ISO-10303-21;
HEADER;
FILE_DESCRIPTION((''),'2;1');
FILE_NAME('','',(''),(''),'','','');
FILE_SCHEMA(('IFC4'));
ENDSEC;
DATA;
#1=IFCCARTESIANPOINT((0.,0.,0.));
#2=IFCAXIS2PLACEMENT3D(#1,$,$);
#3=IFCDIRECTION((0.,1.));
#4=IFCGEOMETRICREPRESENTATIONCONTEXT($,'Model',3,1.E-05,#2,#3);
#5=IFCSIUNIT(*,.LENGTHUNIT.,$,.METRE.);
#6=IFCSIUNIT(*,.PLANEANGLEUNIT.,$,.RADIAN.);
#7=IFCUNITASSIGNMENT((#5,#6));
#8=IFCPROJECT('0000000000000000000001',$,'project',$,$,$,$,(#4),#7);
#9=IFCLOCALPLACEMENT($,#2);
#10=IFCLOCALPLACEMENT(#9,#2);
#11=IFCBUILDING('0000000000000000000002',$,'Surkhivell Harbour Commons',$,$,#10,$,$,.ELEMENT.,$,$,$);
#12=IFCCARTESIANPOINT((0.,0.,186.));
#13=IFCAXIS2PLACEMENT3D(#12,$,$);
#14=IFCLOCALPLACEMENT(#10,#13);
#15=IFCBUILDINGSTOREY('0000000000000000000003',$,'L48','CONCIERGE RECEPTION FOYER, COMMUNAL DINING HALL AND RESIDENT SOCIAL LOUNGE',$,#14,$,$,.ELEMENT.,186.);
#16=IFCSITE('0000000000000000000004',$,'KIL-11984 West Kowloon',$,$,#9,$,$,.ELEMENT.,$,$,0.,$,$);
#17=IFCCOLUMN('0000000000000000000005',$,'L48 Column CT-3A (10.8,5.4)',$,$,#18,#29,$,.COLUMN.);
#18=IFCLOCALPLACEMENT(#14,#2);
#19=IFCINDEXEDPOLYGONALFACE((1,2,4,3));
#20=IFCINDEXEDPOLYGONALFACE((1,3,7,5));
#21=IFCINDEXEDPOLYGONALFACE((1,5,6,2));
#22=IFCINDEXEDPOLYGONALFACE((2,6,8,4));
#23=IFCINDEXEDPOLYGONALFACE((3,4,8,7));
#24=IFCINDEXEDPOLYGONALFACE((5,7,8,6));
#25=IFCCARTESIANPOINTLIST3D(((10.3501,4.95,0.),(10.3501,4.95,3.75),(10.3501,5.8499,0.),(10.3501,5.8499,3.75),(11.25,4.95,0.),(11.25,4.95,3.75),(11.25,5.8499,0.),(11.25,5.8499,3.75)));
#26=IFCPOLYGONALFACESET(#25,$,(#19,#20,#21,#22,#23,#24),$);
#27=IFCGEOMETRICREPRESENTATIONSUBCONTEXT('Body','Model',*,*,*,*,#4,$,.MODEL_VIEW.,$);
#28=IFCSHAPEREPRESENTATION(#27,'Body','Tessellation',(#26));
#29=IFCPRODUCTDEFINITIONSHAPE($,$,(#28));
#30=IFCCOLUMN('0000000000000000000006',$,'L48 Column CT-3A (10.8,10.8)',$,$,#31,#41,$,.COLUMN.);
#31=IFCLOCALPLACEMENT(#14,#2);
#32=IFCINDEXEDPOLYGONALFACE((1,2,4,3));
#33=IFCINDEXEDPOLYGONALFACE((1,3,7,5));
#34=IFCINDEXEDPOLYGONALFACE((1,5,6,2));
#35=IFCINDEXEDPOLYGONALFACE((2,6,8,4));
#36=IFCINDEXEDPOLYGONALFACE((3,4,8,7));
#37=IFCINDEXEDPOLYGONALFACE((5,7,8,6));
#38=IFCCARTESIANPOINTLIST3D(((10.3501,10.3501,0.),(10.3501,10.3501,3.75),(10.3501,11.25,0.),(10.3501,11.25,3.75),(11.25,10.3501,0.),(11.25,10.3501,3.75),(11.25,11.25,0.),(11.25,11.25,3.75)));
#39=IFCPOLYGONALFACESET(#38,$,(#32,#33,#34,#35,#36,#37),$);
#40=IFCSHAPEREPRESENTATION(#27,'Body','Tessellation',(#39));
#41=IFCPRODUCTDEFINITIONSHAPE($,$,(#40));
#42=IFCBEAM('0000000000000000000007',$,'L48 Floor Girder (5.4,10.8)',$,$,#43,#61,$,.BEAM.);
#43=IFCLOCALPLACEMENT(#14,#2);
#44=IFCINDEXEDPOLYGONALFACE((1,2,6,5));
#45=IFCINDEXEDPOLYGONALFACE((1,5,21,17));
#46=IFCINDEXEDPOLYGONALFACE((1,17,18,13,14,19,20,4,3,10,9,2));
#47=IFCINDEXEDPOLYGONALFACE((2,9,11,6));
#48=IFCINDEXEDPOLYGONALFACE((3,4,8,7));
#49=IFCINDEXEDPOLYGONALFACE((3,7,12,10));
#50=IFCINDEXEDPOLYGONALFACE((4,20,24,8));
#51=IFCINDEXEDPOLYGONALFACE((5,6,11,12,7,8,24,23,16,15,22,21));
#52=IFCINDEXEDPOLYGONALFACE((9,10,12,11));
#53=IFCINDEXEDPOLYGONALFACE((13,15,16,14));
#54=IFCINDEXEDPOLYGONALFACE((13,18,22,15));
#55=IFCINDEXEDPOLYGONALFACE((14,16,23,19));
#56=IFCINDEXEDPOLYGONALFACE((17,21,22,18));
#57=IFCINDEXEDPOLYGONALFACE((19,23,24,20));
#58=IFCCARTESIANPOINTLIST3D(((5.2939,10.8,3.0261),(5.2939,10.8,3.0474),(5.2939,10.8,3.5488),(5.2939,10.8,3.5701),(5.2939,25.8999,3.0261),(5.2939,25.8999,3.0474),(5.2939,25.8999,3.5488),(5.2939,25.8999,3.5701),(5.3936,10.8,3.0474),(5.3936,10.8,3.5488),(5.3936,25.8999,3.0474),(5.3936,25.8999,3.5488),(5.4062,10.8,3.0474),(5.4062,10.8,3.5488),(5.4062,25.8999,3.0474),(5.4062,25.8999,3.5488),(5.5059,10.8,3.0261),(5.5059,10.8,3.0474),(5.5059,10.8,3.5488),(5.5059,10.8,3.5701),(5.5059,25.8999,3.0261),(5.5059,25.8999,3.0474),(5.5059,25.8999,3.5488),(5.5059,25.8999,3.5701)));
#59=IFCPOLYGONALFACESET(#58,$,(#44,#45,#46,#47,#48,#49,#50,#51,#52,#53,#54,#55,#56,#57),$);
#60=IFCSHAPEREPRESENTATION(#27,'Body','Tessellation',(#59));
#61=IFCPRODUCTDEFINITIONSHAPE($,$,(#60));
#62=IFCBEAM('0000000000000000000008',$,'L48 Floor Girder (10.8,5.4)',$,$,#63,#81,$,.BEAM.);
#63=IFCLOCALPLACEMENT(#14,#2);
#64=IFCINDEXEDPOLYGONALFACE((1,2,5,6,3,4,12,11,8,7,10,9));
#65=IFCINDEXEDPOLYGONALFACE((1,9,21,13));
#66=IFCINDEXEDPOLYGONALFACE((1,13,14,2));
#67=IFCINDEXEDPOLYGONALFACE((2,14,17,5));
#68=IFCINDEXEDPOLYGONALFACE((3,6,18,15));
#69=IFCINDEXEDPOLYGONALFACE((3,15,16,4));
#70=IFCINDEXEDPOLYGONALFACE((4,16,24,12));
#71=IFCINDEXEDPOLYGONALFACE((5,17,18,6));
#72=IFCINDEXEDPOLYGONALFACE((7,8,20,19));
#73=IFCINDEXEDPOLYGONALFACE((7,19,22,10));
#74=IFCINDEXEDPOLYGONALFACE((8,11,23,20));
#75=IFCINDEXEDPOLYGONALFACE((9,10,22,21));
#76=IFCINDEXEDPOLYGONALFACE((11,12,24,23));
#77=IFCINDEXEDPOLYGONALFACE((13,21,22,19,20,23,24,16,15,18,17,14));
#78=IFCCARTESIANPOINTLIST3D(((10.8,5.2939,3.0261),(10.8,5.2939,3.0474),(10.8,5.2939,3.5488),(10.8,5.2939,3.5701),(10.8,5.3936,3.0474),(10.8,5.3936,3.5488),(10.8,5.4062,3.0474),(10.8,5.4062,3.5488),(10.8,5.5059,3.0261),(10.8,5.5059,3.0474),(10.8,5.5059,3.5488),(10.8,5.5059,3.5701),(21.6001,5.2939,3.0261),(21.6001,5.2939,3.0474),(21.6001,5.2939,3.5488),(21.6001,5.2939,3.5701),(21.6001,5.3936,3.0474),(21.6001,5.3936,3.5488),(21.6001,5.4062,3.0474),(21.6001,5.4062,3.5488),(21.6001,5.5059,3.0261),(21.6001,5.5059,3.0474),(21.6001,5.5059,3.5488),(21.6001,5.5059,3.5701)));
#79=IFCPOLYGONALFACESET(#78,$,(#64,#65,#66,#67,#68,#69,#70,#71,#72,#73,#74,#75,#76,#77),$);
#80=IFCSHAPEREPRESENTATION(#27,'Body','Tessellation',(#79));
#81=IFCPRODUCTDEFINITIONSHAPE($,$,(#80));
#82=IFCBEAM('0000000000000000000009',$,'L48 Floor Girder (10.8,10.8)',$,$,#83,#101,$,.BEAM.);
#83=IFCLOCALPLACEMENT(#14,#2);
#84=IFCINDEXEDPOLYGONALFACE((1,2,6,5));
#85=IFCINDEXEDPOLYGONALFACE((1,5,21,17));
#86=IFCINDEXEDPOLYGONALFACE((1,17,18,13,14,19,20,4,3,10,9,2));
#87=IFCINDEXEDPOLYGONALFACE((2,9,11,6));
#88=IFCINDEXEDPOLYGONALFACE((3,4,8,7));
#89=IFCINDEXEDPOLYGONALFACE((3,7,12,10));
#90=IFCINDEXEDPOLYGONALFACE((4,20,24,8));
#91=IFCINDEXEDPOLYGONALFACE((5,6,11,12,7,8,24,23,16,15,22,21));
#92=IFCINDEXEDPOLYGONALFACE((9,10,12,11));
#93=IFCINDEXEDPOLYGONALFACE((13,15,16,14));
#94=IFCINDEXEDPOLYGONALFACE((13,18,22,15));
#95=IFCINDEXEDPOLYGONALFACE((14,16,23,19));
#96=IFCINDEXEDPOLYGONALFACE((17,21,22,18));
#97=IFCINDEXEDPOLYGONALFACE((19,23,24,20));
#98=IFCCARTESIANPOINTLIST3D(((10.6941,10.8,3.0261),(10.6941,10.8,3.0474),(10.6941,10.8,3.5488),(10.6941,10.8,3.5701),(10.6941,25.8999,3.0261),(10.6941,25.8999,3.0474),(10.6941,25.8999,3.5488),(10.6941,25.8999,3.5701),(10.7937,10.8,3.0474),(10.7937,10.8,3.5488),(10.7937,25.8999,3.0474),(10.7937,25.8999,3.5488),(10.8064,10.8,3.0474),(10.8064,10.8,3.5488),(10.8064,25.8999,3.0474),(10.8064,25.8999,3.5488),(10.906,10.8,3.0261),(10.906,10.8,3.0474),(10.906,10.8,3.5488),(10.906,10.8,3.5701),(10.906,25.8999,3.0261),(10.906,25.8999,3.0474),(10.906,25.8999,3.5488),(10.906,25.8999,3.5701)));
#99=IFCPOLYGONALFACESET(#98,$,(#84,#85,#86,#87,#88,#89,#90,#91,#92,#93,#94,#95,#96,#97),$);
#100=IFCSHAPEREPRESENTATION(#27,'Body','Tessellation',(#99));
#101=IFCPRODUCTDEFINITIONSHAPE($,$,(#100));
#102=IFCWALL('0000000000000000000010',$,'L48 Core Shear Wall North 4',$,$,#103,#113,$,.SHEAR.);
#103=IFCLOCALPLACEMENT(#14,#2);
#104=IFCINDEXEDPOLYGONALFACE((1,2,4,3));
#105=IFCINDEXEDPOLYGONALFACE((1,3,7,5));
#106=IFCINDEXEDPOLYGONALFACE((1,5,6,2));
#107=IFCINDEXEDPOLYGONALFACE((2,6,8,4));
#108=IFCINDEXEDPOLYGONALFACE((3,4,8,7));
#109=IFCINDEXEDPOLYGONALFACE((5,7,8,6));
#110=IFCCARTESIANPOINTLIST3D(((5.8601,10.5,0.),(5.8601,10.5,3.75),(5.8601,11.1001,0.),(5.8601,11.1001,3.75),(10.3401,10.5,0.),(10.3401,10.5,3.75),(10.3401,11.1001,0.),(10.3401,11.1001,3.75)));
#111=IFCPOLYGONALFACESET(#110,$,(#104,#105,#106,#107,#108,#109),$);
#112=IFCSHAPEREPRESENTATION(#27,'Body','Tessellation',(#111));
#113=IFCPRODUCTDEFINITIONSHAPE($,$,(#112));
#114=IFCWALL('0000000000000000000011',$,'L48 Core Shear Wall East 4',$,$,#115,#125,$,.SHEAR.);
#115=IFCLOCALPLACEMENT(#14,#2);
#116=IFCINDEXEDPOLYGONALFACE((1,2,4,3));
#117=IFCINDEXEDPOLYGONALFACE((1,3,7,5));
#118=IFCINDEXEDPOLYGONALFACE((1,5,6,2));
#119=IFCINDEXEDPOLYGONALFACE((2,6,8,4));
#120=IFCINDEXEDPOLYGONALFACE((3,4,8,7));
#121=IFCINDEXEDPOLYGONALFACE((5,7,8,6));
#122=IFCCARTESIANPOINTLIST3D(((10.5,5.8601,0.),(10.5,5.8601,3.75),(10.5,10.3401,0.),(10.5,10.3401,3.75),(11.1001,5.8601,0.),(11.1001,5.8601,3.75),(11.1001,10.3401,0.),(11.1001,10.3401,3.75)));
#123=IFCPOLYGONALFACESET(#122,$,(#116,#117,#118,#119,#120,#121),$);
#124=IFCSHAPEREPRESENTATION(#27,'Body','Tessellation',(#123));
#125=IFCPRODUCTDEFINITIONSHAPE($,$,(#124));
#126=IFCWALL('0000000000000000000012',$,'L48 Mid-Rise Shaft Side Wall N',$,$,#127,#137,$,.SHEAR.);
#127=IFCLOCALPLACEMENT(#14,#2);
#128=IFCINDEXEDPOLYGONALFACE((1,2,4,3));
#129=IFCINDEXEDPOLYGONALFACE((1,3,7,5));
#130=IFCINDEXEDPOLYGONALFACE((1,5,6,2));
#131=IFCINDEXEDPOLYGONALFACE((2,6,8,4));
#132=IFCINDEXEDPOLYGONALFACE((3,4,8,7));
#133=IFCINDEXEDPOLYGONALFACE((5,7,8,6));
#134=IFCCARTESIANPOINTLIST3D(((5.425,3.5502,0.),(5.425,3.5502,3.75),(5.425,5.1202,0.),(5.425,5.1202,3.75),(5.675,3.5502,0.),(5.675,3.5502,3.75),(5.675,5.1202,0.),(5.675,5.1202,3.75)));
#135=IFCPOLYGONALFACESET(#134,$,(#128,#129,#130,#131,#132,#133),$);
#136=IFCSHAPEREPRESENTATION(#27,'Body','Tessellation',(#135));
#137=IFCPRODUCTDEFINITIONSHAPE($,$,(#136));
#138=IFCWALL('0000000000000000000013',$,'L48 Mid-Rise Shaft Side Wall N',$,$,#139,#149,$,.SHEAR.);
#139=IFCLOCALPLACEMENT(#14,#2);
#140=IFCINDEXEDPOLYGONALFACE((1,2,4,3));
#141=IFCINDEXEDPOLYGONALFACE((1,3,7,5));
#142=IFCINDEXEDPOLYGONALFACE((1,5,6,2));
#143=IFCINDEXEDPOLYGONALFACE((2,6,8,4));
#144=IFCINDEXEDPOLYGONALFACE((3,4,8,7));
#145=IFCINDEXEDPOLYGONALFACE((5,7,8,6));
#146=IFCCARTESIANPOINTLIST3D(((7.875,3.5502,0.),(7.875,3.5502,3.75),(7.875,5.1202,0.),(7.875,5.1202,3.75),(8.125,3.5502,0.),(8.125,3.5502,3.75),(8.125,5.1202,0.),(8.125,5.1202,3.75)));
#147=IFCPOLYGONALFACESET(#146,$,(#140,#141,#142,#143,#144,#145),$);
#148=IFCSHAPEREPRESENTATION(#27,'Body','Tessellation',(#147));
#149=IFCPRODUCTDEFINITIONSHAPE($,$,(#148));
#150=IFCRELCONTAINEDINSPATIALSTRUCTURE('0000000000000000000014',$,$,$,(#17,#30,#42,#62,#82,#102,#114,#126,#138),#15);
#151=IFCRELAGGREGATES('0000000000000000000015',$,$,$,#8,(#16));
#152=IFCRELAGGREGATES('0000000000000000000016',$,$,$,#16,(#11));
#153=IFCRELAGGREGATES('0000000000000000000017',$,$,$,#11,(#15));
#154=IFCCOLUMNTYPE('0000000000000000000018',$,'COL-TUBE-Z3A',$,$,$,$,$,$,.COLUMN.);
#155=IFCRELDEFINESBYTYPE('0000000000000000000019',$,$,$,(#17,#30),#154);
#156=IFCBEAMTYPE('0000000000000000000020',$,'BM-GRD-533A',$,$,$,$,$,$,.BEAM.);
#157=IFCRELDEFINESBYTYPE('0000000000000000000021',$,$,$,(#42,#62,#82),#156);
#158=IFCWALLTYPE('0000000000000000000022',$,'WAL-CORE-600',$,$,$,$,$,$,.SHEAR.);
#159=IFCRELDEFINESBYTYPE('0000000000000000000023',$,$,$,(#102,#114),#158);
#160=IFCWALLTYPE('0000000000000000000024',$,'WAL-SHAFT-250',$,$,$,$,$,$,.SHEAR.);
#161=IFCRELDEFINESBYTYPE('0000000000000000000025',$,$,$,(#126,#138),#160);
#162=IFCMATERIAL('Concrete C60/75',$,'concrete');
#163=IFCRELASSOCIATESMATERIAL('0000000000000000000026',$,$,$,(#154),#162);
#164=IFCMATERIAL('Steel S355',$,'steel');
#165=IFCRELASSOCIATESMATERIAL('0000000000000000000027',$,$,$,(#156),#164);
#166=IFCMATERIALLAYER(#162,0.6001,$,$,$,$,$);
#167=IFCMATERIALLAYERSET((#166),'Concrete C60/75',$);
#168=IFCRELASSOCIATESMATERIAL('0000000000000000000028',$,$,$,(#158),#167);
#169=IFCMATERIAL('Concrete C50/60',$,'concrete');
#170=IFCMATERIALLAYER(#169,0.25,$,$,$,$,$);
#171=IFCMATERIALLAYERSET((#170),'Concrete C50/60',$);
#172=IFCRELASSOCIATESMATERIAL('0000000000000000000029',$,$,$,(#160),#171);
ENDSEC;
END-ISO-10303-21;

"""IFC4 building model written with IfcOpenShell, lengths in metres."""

from ifc_helpers import new_model, si_unit, direction, frame, frame_2d, origin, origin_2d, place, context, subcontext, project, spatial, rectangle, i_section, extrude, material, layer, layer_set, material_profile, profile_set, type_object, element, save


model = new_model("IFC4")

# Units and contexts
model_context = context("Model", 3, precision=1e-05, world=origin(), true_north=direction((0.0, 1.0)))
body_context = subcontext(model_context, "Body", "Model", "MODEL_VIEW")
ifc_project = project(units=[si_unit("LENGTHUNIT", "METRE"), si_unit("PLANEANGLEUNIT", "RADIAN")], contexts=[model_context])

# Site, building, storey
site_placement = place(None, origin())
site = spatial("IfcSite", under=ifc_project, at=site_placement, Name="KIL-11984 West Kowloon", CompositionType="ELEMENT", RefElevation=0.0)
building_placement = place(site_placement, origin())
building = spatial("IfcBuilding", under=site, at=building_placement, Name="Surkhivell Harbour Commons", CompositionType="ELEMENT")
storey_placement = place(building_placement, frame((0.0, 0.0, 186.0)))
storey = spatial("IfcBuildingStorey", under=building, at=storey_placement, Name="L48", Description="CONCIERGE RECEPTION FOYER, COMMUNAL DINING HALL AND RESIDENT SOCIAL LOUNGE", CompositionType="ELEMENT", Elevation=186.0)

# Columns
ifc_material_1 = material(Name="Concrete C60/75", Category="concrete")
ifc_material_profile_1 = material_profile(ifc_material_1, rectangle(XDim=0.8999, YDim=0.8999, at=origin_2d()), Name="RC-COL-900x900")
ifc_profile_set_1 = profile_set([ifc_material_profile_1], Name="Concrete C60/75")
column_type = type_object("IfcColumnType", Name="COL-TUBE-Z3A", PredefinedType="COLUMN", material=ifc_profile_set_1)
for number, where, z_axis, x_axis, name in (
    (1, (10.8, 5.3999, 0.0), (0.0, 0.0, 1.0), (1.0, 0.0, 0.0), "L48 Column CT-3A (10.8,5.4)"),
    (2, (10.8, 10.8, 0.0), (0.0, 0.0, 1.0), (1.0, 0.0, 0.0), "L48 Column CT-3A (10.8,10.8)"),
):
    element("IfcColumn", number, at=place(storey_placement, frame(where, z_axis=z_axis, x_axis=x_axis)), inside=storey, type_object=column_type, Name=name, PredefinedType="COLUMN", context=body_context, shape_type="SweptSolid", body=[
        extrude(rectangle(XDim=0.8999, YDim=0.8999, at=origin_2d()), origin(), (0.0, 0.0, 1.0), 3.75),
    ])

# Beams
ifc_material_2 = material(Name="Steel S355", Category="steel")
ifc_material_profile_2 = material_profile(ifc_material_2, i_section(OverallWidth=0.2119, OverallDepth=0.5439, WebThickness=0.0127, FlangeThickness=0.0212, at=origin_2d()), Name="UB533x210x122")
ifc_profile_set_2 = profile_set([ifc_material_profile_2], Name="Steel S355")
beam_type = type_object("IfcBeamType", Name="BM-GRD-533A", PredefinedType="BEAM", material=ifc_profile_set_2)
beam_1_placement = place(storey_placement, frame((5.3999, 10.8, 3.2981), z_axis=(0.0, 1.0, 0.0), x_axis=(-1.0, 0.0, 0.0)))
element("IfcBeam", 3, at=beam_1_placement, inside=storey, type_object=beam_type, Name="L48 Floor Girder (5.4,10.8)", PredefinedType="BEAM", context=body_context, shape_type="SweptSolid", body=[
    extrude(i_section(OverallWidth=0.2119, OverallDepth=0.5439, WebThickness=0.0127, FlangeThickness=0.0212, at=origin_2d()), origin(), (0.0, 0.0, 1.0), 15.0999),
])
beam_2_placement = place(storey_placement, frame((10.8, 5.3999, 3.2981), z_axis=(1.0, 0.0, 0.0), x_axis=(0.0, 1.0, 0.0)))
element("IfcBeam", 4, at=beam_2_placement, inside=storey, type_object=beam_type, Name="L48 Floor Girder (10.8,5.4)", PredefinedType="BEAM", context=body_context, shape_type="SweptSolid", body=[
    extrude(i_section(OverallWidth=0.2119, OverallDepth=0.5439, WebThickness=0.0127, FlangeThickness=0.0212, at=origin_2d()), origin(), (0.0, 0.0, 1.0), 10.8),
])
beam_3_placement = place(storey_placement, frame((10.8, 10.8, 3.2981), z_axis=(0.0, 1.0, 0.0), x_axis=(-1.0, 0.0, 0.0)))
element("IfcBeam", 5, at=beam_3_placement, inside=storey, type_object=beam_type, Name="L48 Floor Girder (10.8,10.8)", PredefinedType="BEAM", context=body_context, shape_type="SweptSolid", body=[
    extrude(i_section(OverallWidth=0.2119, OverallDepth=0.5439, WebThickness=0.0127, FlangeThickness=0.0212, at=origin_2d()), origin(), (0.0, 0.0, 1.0), 15.0999),
])

# Walls
ifc_layer_1 = layer(ifc_material_1, 0.6001)
ifc_layer_set_1 = layer_set([ifc_layer_1], Name="Concrete C60/75")
wall_type_1 = type_object("IfcWallType", Name="WAL-CORE-600", PredefinedType="SHEAR", material=ifc_layer_set_1)
for number, where, z_axis, x_axis, name in (
    (6, (5.8601, 10.8, 0.0), (0.0, 0.0, 1.0), (1.0, 0.0, 0.0), "L48 Core Shear Wall North 4"),
    (7, (10.8, 5.8601, 0.0), (0.0, 0.0, 1.0), (0.0, 1.0, 0.0), "L48 Core Shear Wall East 4"),
):
    element("IfcWall", number, at=place(storey_placement, frame(where, z_axis=z_axis, x_axis=x_axis)), inside=storey, type_object=wall_type_1, Name=name, PredefinedType="SHEAR", context=body_context, shape_type="SweptSolid", body=[
        extrude(rectangle(XDim=4.48, YDim=0.6001, at=frame_2d((2.24, 0.0))), origin(), (0.0, 0.0, 1.0), 3.75),
    ])
ifc_material_3 = material(Name="Concrete C50/60", Category="concrete")
ifc_layer_2 = layer(ifc_material_3, 0.25)
ifc_layer_set_2 = layer_set([ifc_layer_2], Name="Concrete C50/60")
wall_type_2 = type_object("IfcWallType", Name="WAL-SHAFT-250", PredefinedType="SHEAR", material=ifc_layer_set_2)
for number, where, z_axis, x_axis, name in (
    (8, (5.55, 3.55, 0.0), (0.0, 0.0, 1.0), (0.0, 1.0, 0.0), "L48 Mid-Rise Shaft Side Wall N"),
    (9, (8.0, 3.55, 0.0), (0.0, 0.0, 1.0), (0.0, 1.0, 0.0), "L48 Mid-Rise Shaft Side Wall N"),
):
    element("IfcWall", number, at=place(storey_placement, frame(where, z_axis=z_axis, x_axis=x_axis)), inside=storey, type_object=wall_type_2, Name=name, PredefinedType="SHEAR", context=body_context, shape_type="SweptSolid", body=[
        extrude(rectangle(XDim=1.5701, YDim=0.25, at=frame_2d((0.7852, 0.0))), origin(), (0.0, 0.0, 1.0), 3.75),
    ])

save(model, "model.ifc")
